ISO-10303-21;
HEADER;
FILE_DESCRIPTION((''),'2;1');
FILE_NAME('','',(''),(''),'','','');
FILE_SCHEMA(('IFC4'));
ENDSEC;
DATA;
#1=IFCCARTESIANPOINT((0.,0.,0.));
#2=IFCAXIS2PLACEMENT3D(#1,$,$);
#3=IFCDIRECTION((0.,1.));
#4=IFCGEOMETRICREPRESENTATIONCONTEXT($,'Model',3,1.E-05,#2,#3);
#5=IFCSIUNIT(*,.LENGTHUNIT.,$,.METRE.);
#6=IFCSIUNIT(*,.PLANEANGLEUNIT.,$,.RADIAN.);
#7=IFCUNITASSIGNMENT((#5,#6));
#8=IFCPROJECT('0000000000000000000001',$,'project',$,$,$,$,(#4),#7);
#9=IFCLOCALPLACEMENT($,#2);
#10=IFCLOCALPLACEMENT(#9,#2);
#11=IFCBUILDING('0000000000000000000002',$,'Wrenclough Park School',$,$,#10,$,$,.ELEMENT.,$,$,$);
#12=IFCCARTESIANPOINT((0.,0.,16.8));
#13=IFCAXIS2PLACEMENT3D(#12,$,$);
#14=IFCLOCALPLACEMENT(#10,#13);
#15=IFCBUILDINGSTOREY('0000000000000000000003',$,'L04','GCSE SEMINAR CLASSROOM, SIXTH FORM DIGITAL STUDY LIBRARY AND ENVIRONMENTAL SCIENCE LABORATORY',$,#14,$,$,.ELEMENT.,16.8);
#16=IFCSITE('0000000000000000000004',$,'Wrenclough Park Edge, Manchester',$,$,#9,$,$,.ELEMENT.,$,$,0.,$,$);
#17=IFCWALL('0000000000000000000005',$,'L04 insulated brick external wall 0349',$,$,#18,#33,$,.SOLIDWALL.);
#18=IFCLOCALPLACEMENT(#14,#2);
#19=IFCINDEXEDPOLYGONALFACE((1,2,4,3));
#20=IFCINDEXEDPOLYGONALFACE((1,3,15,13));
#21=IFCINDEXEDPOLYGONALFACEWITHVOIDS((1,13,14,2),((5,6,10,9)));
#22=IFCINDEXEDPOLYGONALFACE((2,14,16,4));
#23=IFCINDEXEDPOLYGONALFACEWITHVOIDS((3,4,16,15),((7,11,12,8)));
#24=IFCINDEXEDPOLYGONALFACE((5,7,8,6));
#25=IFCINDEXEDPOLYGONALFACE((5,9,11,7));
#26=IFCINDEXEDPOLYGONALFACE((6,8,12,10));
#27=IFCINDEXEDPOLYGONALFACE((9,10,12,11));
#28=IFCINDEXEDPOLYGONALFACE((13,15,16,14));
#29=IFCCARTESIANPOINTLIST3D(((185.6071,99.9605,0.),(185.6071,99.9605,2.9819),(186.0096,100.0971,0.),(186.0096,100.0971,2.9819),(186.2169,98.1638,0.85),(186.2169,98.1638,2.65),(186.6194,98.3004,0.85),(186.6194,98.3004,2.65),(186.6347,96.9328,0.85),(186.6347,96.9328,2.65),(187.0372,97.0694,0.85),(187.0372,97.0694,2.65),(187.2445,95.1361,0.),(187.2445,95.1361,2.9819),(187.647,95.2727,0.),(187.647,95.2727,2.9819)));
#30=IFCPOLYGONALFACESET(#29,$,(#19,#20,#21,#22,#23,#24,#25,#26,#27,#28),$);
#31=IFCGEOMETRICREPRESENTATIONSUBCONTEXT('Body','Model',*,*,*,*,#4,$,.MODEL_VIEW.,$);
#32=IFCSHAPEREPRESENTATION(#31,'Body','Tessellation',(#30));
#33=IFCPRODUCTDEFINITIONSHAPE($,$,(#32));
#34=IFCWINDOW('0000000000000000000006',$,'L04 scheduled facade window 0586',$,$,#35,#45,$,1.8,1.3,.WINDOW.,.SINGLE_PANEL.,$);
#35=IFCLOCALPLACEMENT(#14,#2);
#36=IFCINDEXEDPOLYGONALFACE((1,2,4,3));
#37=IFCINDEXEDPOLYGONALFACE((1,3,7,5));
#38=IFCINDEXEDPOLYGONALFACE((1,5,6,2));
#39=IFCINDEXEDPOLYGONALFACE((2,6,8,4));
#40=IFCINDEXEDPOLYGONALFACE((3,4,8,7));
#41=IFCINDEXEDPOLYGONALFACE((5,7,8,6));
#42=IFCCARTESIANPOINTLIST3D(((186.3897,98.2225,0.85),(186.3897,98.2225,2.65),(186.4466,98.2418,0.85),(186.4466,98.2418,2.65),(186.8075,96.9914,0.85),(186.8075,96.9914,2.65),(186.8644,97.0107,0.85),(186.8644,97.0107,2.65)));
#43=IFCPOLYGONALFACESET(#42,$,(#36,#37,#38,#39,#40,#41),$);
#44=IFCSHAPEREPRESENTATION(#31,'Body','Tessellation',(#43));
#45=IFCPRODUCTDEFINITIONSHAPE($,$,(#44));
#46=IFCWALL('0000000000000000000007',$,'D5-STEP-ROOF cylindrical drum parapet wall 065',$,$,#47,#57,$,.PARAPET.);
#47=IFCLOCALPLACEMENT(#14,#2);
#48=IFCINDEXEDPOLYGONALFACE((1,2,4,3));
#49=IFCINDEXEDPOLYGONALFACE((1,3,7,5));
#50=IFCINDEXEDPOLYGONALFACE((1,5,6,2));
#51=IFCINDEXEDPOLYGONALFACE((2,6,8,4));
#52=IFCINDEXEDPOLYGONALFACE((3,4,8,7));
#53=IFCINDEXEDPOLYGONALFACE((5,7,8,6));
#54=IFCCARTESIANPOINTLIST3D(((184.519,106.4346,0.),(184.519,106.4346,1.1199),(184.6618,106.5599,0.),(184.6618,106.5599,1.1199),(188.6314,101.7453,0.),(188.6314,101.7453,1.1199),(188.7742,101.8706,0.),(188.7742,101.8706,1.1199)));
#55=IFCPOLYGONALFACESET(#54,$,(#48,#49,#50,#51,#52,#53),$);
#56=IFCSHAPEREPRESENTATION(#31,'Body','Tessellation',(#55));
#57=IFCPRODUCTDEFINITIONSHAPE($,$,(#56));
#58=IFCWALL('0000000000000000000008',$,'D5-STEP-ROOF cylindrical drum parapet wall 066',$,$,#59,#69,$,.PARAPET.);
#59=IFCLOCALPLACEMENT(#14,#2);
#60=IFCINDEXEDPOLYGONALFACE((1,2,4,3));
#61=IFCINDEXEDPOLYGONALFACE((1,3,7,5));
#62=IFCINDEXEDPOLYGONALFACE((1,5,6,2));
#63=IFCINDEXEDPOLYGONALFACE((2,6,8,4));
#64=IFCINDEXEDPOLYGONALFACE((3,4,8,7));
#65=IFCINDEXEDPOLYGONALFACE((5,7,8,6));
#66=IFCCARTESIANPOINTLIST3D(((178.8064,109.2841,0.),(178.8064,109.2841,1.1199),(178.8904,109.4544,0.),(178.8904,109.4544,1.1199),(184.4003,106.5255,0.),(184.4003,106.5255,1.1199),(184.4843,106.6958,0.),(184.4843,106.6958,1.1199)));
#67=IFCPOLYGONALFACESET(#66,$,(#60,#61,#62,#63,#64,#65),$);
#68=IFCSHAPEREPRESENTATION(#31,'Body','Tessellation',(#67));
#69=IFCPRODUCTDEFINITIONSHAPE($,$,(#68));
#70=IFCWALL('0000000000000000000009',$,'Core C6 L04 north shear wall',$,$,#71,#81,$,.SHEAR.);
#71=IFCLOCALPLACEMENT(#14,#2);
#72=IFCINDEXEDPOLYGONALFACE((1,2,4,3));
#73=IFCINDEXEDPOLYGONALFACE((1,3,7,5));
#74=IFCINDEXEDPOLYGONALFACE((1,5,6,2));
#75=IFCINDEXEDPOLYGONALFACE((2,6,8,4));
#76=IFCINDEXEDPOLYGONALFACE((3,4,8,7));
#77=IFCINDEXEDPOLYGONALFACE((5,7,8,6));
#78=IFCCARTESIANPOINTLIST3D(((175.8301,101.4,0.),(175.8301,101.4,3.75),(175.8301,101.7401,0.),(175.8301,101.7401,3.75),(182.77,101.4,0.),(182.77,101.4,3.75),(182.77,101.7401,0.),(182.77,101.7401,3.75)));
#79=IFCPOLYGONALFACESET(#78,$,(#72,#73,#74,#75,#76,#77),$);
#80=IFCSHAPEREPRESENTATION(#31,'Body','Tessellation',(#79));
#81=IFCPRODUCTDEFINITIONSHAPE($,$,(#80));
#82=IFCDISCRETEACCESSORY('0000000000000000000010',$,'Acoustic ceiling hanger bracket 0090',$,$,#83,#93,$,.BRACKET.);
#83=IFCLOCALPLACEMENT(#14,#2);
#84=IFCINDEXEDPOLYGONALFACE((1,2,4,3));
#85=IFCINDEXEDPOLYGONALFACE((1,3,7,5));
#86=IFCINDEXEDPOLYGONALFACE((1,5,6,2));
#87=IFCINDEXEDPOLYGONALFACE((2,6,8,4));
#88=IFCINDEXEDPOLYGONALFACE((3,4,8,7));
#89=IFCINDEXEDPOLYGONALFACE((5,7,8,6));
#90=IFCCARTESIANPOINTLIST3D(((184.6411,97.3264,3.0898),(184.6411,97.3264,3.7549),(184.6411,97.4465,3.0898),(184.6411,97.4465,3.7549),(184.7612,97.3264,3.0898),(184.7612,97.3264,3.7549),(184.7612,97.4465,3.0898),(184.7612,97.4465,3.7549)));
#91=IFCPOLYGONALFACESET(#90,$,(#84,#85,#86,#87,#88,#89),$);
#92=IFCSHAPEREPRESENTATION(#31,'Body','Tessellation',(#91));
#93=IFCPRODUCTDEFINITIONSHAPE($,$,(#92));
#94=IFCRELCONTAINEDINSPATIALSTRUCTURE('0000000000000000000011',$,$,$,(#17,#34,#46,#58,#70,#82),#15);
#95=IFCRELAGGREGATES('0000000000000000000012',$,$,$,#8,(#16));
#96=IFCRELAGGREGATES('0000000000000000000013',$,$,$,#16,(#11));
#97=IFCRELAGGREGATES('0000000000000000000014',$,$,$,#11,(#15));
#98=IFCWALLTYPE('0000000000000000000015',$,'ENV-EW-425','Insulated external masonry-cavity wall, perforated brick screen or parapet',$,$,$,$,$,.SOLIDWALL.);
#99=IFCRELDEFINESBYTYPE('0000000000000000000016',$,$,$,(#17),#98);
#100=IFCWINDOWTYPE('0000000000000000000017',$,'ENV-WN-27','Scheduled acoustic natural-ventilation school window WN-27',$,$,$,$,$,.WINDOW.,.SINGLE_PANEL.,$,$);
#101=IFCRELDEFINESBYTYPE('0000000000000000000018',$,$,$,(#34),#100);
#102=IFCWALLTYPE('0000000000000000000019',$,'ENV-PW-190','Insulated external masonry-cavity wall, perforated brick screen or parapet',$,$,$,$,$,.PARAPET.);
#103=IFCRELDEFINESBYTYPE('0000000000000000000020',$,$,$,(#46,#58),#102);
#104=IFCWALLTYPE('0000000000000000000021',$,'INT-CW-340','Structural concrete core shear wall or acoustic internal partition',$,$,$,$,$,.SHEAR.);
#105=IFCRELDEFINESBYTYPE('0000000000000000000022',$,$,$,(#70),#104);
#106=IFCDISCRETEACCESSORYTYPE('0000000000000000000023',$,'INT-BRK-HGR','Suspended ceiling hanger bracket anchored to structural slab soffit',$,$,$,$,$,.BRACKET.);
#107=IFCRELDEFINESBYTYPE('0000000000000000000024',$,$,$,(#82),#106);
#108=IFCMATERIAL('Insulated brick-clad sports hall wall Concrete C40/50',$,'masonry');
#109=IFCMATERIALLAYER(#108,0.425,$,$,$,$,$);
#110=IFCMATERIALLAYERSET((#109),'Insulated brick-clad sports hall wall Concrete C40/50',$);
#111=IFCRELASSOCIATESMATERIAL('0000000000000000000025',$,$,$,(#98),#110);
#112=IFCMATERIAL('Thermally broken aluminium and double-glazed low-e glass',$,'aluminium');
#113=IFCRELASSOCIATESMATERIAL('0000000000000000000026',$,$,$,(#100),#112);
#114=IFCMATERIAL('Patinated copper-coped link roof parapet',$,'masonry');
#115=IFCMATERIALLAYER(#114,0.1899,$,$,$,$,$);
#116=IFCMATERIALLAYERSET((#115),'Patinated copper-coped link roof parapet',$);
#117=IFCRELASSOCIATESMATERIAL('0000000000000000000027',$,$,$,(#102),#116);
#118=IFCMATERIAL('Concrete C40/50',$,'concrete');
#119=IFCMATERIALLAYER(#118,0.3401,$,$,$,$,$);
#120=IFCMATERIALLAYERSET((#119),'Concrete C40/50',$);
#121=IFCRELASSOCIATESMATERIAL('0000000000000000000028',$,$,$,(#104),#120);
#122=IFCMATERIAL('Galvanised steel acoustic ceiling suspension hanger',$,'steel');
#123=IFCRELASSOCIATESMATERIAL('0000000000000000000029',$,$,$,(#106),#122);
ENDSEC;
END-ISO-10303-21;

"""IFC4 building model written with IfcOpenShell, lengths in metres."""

from ifc_helpers import new_model, si_unit, direction, frame, frame_2d, origin, origin_2d, place, context, subcontext, project, spatial, rectangle, extrude, material, layer, layer_set, type_object, element, fill, save


model = new_model("IFC4")

# Units and contexts
model_context = context("Model", 3, precision=1e-05, world=origin(), true_north=direction((0.0, 1.0)))
body_context = subcontext(model_context, "Body", "Model", "MODEL_VIEW")
ifc_project = project(units=[si_unit("LENGTHUNIT", "METRE"), si_unit("PLANEANGLEUNIT", "RADIAN")], contexts=[model_context])

# Site, building, storey
site_placement = place(None, origin())
site = spatial("IfcSite", under=ifc_project, at=site_placement, Name="Wrenclough Park Edge, Manchester", CompositionType="ELEMENT", RefElevation=0.0)
building_placement = place(site_placement, origin())
building = spatial("IfcBuilding", under=site, at=building_placement, Name="Wrenclough Park School", CompositionType="ELEMENT")
storey_placement = place(building_placement, frame((0.0, 0.0, 16.8)))
storey = spatial("IfcBuildingStorey", under=building, at=storey_placement, Name="L04", Description="GCSE SEMINAR CLASSROOM, SIXTH FORM DIGITAL STUDY LIBRARY AND ENVIRONMENTAL SCIENCE LABORATORY", CompositionType="ELEMENT", Elevation=16.8)

# Shared definitions
ifc_material_1 = material(Name="Concrete C40/50", Category="concrete")

# Wall, opening, window
ifc_material_2 = material(Name="Thermally broken aluminium and double-glazed low-e glass", Category="aluminium")
ifc_material_3 = material(Name="Insulated brick-clad sports hall wall Concrete C40/50", Category="masonry")
ifc_layer_1 = layer(ifc_material_3, 0.425)
ifc_layer_set_1 = layer_set([ifc_layer_1], Name="Insulated brick-clad sports hall wall Concrete C40/50")
wall_type_1 = type_object("IfcWallType", Name="ENV-EW-425", Description="Insulated external masonry-cavity wall, perforated brick screen or parapet", PredefinedType="SOLIDWALL", material=ifc_layer_set_1)
wall_1_placement = place(storey_placement, frame((185.8083, 100.0288, 0.0), z_axis=(0.0, 0.0, 1.0), x_axis=(0.321398, -0.946944, 0.0)))
wall_1 = element("IfcWall", 1, at=wall_1_placement, inside=storey, type_object=wall_type_1, Name="L04 insulated brick external wall 0349", PredefinedType="SOLIDWALL", context=body_context, shape_type="SweptSolid", body=[
    extrude(rectangle(XDim=5.0947, YDim=0.425, at=frame_2d((2.5474, 0.0))), origin(), (0.0, 0.0, 1.0), 2.9819),
])
opening_1_placement = place(wall_1_placement, frame((1.8975, 0.0, 0.8501)))
opening_1 = element("IfcOpeningElement", 2, at=opening_1_placement, cuts=wall_1, PredefinedType="OPENING", context=body_context, shape_type="SweptSolid", body=[
    extrude(rectangle(XDim=1.3, YDim=1.8, at=frame_2d((0.6499, 0.8999))), frame((0.0, 0.2224, 0.0), z_axis=(0.0, -1.0, 0.0), x_axis=(1.0, 0.0, 0.0)), (0.0, 0.0, 1.0), 0.4451),
])
window_type_1 = type_object("IfcWindowType", Name="ENV-WN-27", Description="Scheduled acoustic natural-ventilation school window WN-27", PartitioningType="SINGLE_PANEL", PredefinedType="WINDOW", material=ifc_material_2)
window_1_placement = place(opening_1_placement, origin())
window_1 = element("IfcWindow", 3, at=window_1_placement, inside=storey, type_object=window_type_1, Name="L04 scheduled facade window 0586", OverallHeight=1.8, OverallWidth=1.3, PartitioningType="SINGLE_PANEL", PredefinedType="WINDOW", context=body_context, shape_type="SweptSolid", body=[
    extrude(rectangle(XDim=1.3, YDim=1.8, at=frame_2d((0.6499, 0.8999))), frame((0.0, 0.03, 0.0), z_axis=(0.0, -1.0, 0.0), x_axis=(1.0, 0.0, 0.0)), (0.0, 0.0, 1.0), 0.0601),
])
fill(opening_1, window_1)

# Walls
ifc_material_4 = material(Name="Patinated copper-coped link roof parapet", Category="masonry")
ifc_layer_2 = layer(ifc_material_4, 0.1899)
ifc_layer_set_2 = layer_set([ifc_layer_2], Name="Patinated copper-coped link roof parapet")
wall_type_2 = type_object("IfcWallType", Name="ENV-PW-190", Description="Insulated external masonry-cavity wall, perforated brick screen or parapet", PredefinedType="PARAPET", material=ifc_layer_set_2)
for number, where, z_axis, x_axis, name in (
    (4, (188.7029, 101.8079, 0.0), (0.0, 0.0, 1.0), (-0.659344, 0.751841, 0.0), "D5-STEP-ROOF cylindrical drum parapet wall 065"),
    (5, (184.4424, 106.6106, 0.0), (0.0, 0.0, 1.0), (-0.896872, 0.44229, 0.0), "D5-STEP-ROOF cylindrical drum parapet wall 066"),
):
    element("IfcWall", number, at=place(storey_placement, frame(where, z_axis=z_axis, x_axis=x_axis)), inside=storey, type_object=wall_type_2, Name=name, PredefinedType="PARAPET", context=body_context, shape_type="SweptSolid", body=[
        extrude(rectangle(XDim=6.2371, YDim=0.1899, at=frame_2d((3.1187, 0.0))), origin(), (0.0, 0.0, 1.0), 1.1199),
    ])
ifc_layer_3 = layer(ifc_material_1, 0.3401)
ifc_layer_set_3 = layer_set([ifc_layer_3], Name="Concrete C40/50")
wall_type_3 = type_object("IfcWallType", Name="INT-CW-340", Description="Structural concrete core shear wall or acoustic internal partition", PredefinedType="SHEAR", material=ifc_layer_set_3)
wall_2_placement = place(storey_placement, frame((182.77, 101.5701, 0.0), z_axis=(0.0, 0.0, 1.0), x_axis=(-1.0, 0.0, 0.0)))
element("IfcWall", 6, at=wall_2_placement, inside=storey, type_object=wall_type_3, Name="Core C6 L04 north shear wall", PredefinedType="SHEAR", context=body_context, shape_type="SweptSolid", body=[
    extrude(rectangle(XDim=6.9399, YDim=0.3401, at=frame_2d((3.47, 0.0))), origin(), (0.0, 0.0, 1.0), 3.75),
])

# Discrete accessory
ifc_material_5 = material(Name="Galvanised steel acoustic ceiling suspension hanger", Category="steel")
discrete_accessory_type = type_object("IfcDiscreteAccessoryType", Name="INT-BRK-HGR", Description="Suspended ceiling hanger bracket anchored to structural slab soffit", PredefinedType="BRACKET", material=ifc_material_5)
discrete_accessory_placement = place(storey_placement, frame((184.7012, 97.3865, 3.0898), z_axis=(0.0, 0.0, 1.0), x_axis=(1.0, 0.0, 0.0)))
element("IfcDiscreteAccessory", 7, at=discrete_accessory_placement, inside=storey, type_object=discrete_accessory_type, Name="Acoustic ceiling hanger bracket 0090", PredefinedType="BRACKET", context=body_context, shape_type="SweptSolid", body=[
    extrude(rectangle(XDim=0.1201, YDim=0.1201, at=origin_2d()), origin(), (0.0, 0.0, 1.0), 0.665),
])

save(model, "model.ifc")
